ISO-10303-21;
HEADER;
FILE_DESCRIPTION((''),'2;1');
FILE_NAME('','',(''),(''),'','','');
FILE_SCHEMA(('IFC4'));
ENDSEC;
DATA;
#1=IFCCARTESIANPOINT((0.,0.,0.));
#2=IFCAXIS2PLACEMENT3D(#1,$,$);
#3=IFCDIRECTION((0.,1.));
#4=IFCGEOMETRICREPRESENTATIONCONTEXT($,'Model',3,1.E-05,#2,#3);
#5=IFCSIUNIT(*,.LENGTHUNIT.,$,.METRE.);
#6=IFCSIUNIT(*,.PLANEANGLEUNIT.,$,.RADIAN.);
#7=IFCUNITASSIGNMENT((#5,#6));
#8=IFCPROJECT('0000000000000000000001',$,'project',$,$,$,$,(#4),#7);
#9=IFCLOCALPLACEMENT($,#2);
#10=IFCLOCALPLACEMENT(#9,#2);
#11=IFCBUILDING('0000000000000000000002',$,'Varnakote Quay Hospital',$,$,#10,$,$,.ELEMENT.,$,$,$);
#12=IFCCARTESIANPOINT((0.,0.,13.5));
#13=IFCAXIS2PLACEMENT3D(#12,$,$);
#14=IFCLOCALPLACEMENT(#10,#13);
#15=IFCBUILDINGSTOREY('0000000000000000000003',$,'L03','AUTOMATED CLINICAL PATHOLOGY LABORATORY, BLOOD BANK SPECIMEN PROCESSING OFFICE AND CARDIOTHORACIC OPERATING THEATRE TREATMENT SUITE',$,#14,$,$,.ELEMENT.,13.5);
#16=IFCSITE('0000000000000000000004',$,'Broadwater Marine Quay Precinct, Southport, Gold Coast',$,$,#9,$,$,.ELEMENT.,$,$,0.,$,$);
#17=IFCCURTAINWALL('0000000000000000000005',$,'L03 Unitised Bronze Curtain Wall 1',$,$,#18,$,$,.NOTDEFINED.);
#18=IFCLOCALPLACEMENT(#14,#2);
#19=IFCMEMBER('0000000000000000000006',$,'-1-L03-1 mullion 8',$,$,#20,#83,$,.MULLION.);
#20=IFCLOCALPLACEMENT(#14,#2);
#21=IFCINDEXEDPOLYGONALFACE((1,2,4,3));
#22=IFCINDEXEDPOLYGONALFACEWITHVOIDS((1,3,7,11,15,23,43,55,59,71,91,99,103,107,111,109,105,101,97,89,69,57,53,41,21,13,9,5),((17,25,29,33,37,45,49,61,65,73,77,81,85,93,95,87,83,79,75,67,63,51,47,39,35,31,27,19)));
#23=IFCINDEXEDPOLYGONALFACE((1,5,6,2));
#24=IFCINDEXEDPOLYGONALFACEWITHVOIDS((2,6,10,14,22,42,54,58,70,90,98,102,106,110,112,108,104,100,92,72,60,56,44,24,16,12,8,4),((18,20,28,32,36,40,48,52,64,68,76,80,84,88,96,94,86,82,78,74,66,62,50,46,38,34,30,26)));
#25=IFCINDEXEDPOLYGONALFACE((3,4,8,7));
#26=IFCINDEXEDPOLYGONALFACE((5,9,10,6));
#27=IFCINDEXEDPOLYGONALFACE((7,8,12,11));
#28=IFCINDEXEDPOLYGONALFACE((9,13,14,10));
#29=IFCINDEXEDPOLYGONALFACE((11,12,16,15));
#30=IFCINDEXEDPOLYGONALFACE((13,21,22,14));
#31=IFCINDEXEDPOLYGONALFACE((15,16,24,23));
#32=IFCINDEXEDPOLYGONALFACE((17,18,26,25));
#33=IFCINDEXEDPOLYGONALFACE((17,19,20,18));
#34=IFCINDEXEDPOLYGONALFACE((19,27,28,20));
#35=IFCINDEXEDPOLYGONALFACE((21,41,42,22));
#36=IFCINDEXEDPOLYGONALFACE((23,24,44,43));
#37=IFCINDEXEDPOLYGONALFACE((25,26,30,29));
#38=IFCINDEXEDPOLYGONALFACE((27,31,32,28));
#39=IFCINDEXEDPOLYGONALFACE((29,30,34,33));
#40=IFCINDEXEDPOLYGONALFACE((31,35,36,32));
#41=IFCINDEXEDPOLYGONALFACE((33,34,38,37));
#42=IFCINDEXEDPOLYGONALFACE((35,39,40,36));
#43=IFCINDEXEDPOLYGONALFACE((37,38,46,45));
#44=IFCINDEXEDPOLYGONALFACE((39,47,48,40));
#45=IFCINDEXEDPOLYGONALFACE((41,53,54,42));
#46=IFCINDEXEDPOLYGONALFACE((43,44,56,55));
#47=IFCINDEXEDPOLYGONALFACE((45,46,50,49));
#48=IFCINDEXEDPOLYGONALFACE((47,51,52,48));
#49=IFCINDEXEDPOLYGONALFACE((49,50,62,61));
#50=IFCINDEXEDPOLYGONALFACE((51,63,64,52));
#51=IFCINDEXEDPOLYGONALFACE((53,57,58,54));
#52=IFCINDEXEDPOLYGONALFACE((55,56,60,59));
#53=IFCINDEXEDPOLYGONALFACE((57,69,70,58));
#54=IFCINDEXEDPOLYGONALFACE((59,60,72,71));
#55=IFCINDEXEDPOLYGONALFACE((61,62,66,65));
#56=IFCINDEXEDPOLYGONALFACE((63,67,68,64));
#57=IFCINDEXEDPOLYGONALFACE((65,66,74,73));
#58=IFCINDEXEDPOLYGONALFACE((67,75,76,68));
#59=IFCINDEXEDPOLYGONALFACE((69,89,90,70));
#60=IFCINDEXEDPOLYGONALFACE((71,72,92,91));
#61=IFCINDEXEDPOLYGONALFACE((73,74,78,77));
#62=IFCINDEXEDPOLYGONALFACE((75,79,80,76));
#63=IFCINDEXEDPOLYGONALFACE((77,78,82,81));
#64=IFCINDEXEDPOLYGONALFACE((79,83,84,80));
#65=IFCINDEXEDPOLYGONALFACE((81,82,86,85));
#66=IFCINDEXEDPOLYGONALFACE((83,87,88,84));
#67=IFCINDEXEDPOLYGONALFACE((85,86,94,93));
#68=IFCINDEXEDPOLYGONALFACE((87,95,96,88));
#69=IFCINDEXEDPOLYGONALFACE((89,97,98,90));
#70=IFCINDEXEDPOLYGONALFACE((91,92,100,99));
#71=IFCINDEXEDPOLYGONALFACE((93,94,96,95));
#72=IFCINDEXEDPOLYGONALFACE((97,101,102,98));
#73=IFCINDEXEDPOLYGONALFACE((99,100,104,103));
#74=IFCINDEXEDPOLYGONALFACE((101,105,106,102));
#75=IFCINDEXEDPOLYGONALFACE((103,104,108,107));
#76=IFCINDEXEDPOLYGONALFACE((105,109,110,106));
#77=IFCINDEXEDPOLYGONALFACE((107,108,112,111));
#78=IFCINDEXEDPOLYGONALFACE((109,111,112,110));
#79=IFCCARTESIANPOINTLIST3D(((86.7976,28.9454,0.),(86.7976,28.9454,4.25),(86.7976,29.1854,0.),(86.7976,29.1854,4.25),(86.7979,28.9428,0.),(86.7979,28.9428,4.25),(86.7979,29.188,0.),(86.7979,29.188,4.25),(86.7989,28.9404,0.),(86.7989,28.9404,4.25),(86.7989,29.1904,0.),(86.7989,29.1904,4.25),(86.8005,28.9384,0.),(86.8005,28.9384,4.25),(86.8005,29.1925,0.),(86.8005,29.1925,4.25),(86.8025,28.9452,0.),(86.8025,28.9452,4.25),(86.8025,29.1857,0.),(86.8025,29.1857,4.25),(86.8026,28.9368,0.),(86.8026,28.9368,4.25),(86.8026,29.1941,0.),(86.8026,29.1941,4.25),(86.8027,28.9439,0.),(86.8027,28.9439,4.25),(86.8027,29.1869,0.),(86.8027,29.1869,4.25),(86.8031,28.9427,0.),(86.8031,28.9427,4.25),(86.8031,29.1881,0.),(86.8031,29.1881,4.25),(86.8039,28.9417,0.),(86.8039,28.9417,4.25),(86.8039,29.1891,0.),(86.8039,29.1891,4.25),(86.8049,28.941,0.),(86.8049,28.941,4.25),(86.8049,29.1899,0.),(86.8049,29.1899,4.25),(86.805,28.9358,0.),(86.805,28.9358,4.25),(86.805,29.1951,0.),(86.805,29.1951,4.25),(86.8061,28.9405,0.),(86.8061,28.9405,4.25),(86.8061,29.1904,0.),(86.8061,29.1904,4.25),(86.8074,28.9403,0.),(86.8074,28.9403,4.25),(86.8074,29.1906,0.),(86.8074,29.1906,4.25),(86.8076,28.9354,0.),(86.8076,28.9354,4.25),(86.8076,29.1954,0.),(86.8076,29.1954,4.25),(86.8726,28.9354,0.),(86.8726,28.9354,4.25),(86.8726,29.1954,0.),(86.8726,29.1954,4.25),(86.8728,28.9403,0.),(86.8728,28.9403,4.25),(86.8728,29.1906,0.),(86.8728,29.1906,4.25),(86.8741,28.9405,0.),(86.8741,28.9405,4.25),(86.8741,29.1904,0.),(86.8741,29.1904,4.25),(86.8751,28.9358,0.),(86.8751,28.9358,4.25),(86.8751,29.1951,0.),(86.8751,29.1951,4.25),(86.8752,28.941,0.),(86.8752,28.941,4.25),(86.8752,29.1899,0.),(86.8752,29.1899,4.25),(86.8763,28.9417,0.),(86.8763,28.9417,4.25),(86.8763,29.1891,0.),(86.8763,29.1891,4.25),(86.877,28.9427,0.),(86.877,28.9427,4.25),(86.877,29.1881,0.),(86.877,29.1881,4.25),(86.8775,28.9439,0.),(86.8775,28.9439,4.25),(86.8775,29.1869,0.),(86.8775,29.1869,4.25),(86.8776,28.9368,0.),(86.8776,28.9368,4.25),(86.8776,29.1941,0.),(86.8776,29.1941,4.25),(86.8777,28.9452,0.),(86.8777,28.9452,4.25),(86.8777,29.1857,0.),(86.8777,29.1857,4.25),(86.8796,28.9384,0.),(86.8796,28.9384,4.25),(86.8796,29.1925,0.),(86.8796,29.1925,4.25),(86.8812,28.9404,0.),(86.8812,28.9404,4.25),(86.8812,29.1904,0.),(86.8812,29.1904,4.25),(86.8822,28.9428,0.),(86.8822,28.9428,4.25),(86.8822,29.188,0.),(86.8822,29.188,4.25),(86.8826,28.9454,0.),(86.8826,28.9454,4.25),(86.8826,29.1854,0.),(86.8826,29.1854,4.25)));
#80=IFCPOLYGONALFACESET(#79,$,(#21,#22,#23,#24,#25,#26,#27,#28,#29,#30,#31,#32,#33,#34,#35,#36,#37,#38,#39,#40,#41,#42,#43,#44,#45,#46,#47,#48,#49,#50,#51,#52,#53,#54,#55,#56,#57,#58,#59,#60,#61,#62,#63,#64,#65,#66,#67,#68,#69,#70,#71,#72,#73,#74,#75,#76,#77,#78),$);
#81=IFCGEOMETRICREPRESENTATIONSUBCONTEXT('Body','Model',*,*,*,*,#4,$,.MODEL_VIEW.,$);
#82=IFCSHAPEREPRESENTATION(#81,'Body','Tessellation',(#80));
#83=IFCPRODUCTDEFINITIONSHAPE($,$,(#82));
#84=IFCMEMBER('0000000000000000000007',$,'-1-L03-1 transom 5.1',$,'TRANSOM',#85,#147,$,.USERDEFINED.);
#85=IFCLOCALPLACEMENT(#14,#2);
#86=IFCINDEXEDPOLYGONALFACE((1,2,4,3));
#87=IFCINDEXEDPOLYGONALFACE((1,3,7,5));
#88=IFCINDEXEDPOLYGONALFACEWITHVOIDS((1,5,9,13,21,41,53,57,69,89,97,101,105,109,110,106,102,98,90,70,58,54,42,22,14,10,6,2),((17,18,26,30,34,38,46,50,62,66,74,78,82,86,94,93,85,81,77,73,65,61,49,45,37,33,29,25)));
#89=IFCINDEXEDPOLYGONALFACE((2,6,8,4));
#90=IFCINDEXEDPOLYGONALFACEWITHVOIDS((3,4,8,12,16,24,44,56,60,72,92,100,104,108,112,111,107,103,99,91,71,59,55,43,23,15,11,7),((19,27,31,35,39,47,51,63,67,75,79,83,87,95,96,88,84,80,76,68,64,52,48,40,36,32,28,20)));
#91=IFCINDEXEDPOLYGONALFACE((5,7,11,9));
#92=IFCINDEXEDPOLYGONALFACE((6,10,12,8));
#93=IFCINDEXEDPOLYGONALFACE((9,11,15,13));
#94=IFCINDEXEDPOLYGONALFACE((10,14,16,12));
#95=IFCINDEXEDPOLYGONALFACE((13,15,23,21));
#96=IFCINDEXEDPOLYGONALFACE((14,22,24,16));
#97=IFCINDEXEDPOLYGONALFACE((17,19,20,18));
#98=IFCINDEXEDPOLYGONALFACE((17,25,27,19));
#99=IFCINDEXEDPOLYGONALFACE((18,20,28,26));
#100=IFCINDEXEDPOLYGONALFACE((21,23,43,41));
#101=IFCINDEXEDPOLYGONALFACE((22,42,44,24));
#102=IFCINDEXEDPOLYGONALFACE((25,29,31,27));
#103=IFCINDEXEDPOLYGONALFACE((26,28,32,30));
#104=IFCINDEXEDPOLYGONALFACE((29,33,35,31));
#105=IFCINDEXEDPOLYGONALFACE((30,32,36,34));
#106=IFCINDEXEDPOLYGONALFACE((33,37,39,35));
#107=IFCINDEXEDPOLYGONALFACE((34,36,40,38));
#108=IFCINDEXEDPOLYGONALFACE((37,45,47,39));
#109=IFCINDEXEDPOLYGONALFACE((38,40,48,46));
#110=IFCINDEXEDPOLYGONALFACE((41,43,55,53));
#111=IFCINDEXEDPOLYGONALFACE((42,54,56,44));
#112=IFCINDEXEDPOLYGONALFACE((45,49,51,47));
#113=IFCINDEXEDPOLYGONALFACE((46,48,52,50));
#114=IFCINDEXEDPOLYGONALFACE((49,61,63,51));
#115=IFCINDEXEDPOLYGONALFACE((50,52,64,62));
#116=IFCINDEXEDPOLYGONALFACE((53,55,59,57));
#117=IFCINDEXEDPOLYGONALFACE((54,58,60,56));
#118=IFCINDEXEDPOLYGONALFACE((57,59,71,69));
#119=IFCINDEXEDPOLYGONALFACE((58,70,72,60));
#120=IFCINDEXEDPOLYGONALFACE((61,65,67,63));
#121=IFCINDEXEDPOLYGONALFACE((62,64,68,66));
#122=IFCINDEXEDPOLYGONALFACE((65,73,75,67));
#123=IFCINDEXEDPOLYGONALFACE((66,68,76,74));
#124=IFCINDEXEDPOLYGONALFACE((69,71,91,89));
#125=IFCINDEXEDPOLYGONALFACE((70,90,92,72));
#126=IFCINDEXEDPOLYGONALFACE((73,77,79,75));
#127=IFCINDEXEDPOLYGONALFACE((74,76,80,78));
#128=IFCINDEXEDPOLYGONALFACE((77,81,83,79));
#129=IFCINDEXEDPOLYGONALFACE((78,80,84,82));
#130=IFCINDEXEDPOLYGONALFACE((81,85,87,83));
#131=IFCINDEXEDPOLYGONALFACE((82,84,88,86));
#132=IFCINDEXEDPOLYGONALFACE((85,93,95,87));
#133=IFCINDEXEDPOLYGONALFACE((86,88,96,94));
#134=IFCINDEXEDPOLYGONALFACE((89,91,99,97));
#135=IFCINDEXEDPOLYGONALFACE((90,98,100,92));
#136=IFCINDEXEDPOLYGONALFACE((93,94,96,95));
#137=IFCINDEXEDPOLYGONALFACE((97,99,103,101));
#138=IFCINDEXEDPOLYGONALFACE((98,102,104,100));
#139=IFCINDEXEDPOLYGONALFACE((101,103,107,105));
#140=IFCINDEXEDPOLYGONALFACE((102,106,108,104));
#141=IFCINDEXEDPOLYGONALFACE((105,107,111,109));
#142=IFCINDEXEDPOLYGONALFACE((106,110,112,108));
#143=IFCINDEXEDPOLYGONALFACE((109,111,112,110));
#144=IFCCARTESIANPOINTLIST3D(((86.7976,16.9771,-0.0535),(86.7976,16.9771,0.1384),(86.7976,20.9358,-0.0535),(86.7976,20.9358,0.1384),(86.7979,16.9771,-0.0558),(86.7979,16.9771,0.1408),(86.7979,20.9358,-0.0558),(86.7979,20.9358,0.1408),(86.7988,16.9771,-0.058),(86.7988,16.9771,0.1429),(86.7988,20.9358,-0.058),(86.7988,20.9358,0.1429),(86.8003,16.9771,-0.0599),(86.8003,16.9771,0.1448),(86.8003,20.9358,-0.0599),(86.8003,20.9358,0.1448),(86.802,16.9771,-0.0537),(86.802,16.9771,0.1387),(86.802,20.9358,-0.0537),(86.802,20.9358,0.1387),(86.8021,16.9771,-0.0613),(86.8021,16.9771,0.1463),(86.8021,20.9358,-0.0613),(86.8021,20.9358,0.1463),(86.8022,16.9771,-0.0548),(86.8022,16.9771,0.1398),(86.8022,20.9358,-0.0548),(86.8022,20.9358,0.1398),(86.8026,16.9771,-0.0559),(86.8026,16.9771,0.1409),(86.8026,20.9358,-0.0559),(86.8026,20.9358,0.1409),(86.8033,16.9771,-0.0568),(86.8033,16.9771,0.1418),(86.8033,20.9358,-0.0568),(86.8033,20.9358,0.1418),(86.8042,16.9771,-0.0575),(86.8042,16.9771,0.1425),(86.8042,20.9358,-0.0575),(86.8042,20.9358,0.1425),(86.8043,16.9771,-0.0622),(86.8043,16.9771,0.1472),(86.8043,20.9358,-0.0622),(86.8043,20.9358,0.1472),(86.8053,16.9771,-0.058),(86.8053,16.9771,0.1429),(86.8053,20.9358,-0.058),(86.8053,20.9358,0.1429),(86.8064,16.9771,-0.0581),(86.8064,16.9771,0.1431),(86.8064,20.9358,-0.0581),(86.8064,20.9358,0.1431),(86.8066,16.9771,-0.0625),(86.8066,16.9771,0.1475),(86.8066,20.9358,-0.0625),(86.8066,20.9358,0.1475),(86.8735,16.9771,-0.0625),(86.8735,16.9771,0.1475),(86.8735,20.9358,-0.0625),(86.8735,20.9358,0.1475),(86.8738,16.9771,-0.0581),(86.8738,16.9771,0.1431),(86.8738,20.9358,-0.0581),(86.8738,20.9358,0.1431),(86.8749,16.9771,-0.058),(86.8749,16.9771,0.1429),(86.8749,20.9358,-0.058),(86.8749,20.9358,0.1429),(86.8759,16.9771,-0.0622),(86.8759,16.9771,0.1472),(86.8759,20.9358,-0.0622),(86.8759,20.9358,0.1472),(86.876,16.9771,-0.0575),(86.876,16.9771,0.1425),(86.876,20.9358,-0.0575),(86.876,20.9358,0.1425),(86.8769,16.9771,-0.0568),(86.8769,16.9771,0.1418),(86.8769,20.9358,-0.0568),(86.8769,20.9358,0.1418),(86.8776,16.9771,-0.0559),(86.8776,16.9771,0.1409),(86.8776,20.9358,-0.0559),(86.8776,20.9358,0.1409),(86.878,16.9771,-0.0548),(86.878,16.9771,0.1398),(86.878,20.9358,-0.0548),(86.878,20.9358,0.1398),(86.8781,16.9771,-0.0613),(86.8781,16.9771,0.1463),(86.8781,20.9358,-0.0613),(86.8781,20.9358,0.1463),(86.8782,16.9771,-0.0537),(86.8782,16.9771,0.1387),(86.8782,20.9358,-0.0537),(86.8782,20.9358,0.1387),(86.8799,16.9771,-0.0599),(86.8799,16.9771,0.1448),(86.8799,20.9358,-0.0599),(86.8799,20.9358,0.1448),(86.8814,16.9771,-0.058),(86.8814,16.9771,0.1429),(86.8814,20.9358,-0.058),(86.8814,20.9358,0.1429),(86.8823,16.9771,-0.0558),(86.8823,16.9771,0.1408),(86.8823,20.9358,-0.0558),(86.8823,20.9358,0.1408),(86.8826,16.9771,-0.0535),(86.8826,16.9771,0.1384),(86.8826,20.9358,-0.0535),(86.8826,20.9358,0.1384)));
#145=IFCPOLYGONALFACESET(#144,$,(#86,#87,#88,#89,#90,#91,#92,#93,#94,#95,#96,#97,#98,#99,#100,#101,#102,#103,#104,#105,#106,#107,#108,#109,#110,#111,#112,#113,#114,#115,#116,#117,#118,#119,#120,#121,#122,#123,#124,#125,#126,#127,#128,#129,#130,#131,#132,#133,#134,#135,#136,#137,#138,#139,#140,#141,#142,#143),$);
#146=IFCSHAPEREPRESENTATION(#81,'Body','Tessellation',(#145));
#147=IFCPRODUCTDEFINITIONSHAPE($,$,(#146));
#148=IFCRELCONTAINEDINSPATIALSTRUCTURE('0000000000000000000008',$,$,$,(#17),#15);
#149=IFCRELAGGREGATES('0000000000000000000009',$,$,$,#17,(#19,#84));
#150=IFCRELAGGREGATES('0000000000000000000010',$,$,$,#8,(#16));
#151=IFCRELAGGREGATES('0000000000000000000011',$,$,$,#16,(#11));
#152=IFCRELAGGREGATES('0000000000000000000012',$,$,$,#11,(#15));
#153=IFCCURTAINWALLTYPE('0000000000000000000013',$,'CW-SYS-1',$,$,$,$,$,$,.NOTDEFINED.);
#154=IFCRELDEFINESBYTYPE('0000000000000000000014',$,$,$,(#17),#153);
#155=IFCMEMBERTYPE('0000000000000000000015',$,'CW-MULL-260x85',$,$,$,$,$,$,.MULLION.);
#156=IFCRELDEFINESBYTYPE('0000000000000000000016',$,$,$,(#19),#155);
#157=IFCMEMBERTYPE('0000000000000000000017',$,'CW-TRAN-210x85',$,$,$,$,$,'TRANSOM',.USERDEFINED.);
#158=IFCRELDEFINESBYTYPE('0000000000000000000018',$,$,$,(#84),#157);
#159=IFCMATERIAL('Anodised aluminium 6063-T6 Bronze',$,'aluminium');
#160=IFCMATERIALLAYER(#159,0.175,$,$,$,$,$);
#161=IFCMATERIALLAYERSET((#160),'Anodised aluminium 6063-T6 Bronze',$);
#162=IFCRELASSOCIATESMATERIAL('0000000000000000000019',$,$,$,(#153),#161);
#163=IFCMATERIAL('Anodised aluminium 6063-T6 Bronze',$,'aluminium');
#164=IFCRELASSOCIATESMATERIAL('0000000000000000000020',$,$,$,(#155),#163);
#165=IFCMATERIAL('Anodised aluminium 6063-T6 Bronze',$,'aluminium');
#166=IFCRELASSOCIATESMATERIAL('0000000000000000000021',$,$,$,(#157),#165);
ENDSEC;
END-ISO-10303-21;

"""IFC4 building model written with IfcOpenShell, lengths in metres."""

from ifc_helpers import new_model, si_unit, direction, frame, origin, origin_2d, place, context, subcontext, project, spatial, hollow_rectangle, extrude, material, layer, layer_set, material_profile, profile_set, type_object, element, aggregate, save


model = new_model("IFC4")

# Units and contexts
model_context = context("Model", 3, precision=1e-05, world=origin(), true_north=direction((0.0, 1.0)))
body_context = subcontext(model_context, "Body", "Model", "MODEL_VIEW")
ifc_project = project(units=[si_unit("LENGTHUNIT", "METRE"), si_unit("PLANEANGLEUNIT", "RADIAN")], contexts=[model_context])

# Site, building, storey
site_placement = place(None, origin())
site = spatial("IfcSite", under=ifc_project, at=site_placement, Name="Broadwater Marine Quay Precinct, Southport, Gold Coast", CompositionType="ELEMENT", RefElevation=0.0)
building_placement = place(site_placement, origin())
building = spatial("IfcBuilding", under=site, at=building_placement, Name="Varnakote Quay Hospital", CompositionType="ELEMENT")
storey_placement = place(building_placement, frame((0.0, 0.0, 13.5)))
storey = spatial("IfcBuildingStorey", under=building, at=storey_placement, Name="L03", Description="AUTOMATED CLINICAL PATHOLOGY LABORATORY, BLOOD BANK SPECIMEN PROCESSING OFFICE AND CARDIOTHORACIC OPERATING THEATRE TREATMENT SUITE", CompositionType="ELEMENT", Elevation=13.5)

# Curtain wall, members
ifc_material_1 = material(Name="Anodised aluminium 6063-T6 Bronze", Category="aluminium")
ifc_layer_1 = layer(ifc_material_1, 0.175)
ifc_layer_set_1 = layer_set([ifc_layer_1], Name="Anodised aluminium 6063-T6 Bronze")
curtain_wall_type = type_object("IfcCurtainWallType", Name="CW-SYS-1", PredefinedType="NOTDEFINED", material=ifc_layer_set_1)
curtain_wall_placement = place(storey_placement, origin())
curtain_wall = element("IfcCurtainWall", 1, at=curtain_wall_placement, inside=storey, type_object=curtain_wall_type, Name="L03 Unitised Bronze Curtain Wall 1", PredefinedType="NOTDEFINED")
ifc_material_2 = material(Name="Anodised aluminium 6063-T6 Bronze", Category="aluminium")
ifc_material_profile_1 = material_profile(ifc_material_2, hollow_rectangle(XDim=0.085, YDim=0.26, WallThickness=0.0049, InnerFilletRadius=0.0049, OuterFilletRadius=0.01, at=origin_2d()), Name="CW-MULL-260x85")
ifc_profile_set_1 = profile_set([ifc_material_profile_1], Name="Anodised aluminium 6063-T6 Bronze")
member_type_1 = type_object("IfcMemberType", Name="CW-MULL-260x85", PredefinedType="MULLION", material=ifc_profile_set_1)
member_1_placement = place(storey_placement, frame((86.8401, 29.0654, 0.0), z_axis=(0.0, 0.0, 1.0), x_axis=(-1.0, 0.0, 0.0)))
member_1 = element("IfcMember", 2, at=member_1_placement, type_object=member_type_1, Name="-1-L03-1 mullion 8", PredefinedType="MULLION", context=body_context, shape_type="SweptSolid", body=[
    extrude(hollow_rectangle(XDim=0.085, YDim=0.26, WallThickness=0.0049, InnerFilletRadius=0.0049, OuterFilletRadius=0.01, at=origin_2d()), origin(), (0.0, 0.0, 1.0), 4.25),
])
ifc_material_3 = material(Name="Anodised aluminium 6063-T6 Bronze", Category="aluminium")
ifc_material_profile_2 = material_profile(ifc_material_3, hollow_rectangle(XDim=0.085, YDim=0.21, WallThickness=0.0044, InnerFilletRadius=0.0044, OuterFilletRadius=0.009, at=origin_2d()), Name="CW-TRAN-210x85")
ifc_profile_set_2 = profile_set([ifc_material_profile_2], Name="Anodised aluminium 6063-T6 Bronze")
member_type_2 = type_object("IfcMemberType", Name="CW-TRAN-210x85", ElementType="TRANSOM", PredefinedType="USERDEFINED", material=ifc_profile_set_2)
member_2_placement = place(storey_placement, frame((86.8401, 16.9771, 0.0425), z_axis=(0.0, 1.0, 0.0), x_axis=(-1.0, 0.0, 0.0)))
member_2 = element("IfcMember", 3, at=member_2_placement, type_object=member_type_2, Name="-1-L03-1 transom 5.1", ObjectType="TRANSOM", PredefinedType="USERDEFINED", context=body_context, shape_type="SweptSolid", body=[
    extrude(hollow_rectangle(XDim=0.085, YDim=0.21, WallThickness=0.0044, InnerFilletRadius=0.0044, OuterFilletRadius=0.009, at=origin_2d()), origin(), (0.0, 0.0, 1.0), 3.9587),
])
aggregate(curtain_wall, [member_1, member_2])

save(model, "model.ifc")
